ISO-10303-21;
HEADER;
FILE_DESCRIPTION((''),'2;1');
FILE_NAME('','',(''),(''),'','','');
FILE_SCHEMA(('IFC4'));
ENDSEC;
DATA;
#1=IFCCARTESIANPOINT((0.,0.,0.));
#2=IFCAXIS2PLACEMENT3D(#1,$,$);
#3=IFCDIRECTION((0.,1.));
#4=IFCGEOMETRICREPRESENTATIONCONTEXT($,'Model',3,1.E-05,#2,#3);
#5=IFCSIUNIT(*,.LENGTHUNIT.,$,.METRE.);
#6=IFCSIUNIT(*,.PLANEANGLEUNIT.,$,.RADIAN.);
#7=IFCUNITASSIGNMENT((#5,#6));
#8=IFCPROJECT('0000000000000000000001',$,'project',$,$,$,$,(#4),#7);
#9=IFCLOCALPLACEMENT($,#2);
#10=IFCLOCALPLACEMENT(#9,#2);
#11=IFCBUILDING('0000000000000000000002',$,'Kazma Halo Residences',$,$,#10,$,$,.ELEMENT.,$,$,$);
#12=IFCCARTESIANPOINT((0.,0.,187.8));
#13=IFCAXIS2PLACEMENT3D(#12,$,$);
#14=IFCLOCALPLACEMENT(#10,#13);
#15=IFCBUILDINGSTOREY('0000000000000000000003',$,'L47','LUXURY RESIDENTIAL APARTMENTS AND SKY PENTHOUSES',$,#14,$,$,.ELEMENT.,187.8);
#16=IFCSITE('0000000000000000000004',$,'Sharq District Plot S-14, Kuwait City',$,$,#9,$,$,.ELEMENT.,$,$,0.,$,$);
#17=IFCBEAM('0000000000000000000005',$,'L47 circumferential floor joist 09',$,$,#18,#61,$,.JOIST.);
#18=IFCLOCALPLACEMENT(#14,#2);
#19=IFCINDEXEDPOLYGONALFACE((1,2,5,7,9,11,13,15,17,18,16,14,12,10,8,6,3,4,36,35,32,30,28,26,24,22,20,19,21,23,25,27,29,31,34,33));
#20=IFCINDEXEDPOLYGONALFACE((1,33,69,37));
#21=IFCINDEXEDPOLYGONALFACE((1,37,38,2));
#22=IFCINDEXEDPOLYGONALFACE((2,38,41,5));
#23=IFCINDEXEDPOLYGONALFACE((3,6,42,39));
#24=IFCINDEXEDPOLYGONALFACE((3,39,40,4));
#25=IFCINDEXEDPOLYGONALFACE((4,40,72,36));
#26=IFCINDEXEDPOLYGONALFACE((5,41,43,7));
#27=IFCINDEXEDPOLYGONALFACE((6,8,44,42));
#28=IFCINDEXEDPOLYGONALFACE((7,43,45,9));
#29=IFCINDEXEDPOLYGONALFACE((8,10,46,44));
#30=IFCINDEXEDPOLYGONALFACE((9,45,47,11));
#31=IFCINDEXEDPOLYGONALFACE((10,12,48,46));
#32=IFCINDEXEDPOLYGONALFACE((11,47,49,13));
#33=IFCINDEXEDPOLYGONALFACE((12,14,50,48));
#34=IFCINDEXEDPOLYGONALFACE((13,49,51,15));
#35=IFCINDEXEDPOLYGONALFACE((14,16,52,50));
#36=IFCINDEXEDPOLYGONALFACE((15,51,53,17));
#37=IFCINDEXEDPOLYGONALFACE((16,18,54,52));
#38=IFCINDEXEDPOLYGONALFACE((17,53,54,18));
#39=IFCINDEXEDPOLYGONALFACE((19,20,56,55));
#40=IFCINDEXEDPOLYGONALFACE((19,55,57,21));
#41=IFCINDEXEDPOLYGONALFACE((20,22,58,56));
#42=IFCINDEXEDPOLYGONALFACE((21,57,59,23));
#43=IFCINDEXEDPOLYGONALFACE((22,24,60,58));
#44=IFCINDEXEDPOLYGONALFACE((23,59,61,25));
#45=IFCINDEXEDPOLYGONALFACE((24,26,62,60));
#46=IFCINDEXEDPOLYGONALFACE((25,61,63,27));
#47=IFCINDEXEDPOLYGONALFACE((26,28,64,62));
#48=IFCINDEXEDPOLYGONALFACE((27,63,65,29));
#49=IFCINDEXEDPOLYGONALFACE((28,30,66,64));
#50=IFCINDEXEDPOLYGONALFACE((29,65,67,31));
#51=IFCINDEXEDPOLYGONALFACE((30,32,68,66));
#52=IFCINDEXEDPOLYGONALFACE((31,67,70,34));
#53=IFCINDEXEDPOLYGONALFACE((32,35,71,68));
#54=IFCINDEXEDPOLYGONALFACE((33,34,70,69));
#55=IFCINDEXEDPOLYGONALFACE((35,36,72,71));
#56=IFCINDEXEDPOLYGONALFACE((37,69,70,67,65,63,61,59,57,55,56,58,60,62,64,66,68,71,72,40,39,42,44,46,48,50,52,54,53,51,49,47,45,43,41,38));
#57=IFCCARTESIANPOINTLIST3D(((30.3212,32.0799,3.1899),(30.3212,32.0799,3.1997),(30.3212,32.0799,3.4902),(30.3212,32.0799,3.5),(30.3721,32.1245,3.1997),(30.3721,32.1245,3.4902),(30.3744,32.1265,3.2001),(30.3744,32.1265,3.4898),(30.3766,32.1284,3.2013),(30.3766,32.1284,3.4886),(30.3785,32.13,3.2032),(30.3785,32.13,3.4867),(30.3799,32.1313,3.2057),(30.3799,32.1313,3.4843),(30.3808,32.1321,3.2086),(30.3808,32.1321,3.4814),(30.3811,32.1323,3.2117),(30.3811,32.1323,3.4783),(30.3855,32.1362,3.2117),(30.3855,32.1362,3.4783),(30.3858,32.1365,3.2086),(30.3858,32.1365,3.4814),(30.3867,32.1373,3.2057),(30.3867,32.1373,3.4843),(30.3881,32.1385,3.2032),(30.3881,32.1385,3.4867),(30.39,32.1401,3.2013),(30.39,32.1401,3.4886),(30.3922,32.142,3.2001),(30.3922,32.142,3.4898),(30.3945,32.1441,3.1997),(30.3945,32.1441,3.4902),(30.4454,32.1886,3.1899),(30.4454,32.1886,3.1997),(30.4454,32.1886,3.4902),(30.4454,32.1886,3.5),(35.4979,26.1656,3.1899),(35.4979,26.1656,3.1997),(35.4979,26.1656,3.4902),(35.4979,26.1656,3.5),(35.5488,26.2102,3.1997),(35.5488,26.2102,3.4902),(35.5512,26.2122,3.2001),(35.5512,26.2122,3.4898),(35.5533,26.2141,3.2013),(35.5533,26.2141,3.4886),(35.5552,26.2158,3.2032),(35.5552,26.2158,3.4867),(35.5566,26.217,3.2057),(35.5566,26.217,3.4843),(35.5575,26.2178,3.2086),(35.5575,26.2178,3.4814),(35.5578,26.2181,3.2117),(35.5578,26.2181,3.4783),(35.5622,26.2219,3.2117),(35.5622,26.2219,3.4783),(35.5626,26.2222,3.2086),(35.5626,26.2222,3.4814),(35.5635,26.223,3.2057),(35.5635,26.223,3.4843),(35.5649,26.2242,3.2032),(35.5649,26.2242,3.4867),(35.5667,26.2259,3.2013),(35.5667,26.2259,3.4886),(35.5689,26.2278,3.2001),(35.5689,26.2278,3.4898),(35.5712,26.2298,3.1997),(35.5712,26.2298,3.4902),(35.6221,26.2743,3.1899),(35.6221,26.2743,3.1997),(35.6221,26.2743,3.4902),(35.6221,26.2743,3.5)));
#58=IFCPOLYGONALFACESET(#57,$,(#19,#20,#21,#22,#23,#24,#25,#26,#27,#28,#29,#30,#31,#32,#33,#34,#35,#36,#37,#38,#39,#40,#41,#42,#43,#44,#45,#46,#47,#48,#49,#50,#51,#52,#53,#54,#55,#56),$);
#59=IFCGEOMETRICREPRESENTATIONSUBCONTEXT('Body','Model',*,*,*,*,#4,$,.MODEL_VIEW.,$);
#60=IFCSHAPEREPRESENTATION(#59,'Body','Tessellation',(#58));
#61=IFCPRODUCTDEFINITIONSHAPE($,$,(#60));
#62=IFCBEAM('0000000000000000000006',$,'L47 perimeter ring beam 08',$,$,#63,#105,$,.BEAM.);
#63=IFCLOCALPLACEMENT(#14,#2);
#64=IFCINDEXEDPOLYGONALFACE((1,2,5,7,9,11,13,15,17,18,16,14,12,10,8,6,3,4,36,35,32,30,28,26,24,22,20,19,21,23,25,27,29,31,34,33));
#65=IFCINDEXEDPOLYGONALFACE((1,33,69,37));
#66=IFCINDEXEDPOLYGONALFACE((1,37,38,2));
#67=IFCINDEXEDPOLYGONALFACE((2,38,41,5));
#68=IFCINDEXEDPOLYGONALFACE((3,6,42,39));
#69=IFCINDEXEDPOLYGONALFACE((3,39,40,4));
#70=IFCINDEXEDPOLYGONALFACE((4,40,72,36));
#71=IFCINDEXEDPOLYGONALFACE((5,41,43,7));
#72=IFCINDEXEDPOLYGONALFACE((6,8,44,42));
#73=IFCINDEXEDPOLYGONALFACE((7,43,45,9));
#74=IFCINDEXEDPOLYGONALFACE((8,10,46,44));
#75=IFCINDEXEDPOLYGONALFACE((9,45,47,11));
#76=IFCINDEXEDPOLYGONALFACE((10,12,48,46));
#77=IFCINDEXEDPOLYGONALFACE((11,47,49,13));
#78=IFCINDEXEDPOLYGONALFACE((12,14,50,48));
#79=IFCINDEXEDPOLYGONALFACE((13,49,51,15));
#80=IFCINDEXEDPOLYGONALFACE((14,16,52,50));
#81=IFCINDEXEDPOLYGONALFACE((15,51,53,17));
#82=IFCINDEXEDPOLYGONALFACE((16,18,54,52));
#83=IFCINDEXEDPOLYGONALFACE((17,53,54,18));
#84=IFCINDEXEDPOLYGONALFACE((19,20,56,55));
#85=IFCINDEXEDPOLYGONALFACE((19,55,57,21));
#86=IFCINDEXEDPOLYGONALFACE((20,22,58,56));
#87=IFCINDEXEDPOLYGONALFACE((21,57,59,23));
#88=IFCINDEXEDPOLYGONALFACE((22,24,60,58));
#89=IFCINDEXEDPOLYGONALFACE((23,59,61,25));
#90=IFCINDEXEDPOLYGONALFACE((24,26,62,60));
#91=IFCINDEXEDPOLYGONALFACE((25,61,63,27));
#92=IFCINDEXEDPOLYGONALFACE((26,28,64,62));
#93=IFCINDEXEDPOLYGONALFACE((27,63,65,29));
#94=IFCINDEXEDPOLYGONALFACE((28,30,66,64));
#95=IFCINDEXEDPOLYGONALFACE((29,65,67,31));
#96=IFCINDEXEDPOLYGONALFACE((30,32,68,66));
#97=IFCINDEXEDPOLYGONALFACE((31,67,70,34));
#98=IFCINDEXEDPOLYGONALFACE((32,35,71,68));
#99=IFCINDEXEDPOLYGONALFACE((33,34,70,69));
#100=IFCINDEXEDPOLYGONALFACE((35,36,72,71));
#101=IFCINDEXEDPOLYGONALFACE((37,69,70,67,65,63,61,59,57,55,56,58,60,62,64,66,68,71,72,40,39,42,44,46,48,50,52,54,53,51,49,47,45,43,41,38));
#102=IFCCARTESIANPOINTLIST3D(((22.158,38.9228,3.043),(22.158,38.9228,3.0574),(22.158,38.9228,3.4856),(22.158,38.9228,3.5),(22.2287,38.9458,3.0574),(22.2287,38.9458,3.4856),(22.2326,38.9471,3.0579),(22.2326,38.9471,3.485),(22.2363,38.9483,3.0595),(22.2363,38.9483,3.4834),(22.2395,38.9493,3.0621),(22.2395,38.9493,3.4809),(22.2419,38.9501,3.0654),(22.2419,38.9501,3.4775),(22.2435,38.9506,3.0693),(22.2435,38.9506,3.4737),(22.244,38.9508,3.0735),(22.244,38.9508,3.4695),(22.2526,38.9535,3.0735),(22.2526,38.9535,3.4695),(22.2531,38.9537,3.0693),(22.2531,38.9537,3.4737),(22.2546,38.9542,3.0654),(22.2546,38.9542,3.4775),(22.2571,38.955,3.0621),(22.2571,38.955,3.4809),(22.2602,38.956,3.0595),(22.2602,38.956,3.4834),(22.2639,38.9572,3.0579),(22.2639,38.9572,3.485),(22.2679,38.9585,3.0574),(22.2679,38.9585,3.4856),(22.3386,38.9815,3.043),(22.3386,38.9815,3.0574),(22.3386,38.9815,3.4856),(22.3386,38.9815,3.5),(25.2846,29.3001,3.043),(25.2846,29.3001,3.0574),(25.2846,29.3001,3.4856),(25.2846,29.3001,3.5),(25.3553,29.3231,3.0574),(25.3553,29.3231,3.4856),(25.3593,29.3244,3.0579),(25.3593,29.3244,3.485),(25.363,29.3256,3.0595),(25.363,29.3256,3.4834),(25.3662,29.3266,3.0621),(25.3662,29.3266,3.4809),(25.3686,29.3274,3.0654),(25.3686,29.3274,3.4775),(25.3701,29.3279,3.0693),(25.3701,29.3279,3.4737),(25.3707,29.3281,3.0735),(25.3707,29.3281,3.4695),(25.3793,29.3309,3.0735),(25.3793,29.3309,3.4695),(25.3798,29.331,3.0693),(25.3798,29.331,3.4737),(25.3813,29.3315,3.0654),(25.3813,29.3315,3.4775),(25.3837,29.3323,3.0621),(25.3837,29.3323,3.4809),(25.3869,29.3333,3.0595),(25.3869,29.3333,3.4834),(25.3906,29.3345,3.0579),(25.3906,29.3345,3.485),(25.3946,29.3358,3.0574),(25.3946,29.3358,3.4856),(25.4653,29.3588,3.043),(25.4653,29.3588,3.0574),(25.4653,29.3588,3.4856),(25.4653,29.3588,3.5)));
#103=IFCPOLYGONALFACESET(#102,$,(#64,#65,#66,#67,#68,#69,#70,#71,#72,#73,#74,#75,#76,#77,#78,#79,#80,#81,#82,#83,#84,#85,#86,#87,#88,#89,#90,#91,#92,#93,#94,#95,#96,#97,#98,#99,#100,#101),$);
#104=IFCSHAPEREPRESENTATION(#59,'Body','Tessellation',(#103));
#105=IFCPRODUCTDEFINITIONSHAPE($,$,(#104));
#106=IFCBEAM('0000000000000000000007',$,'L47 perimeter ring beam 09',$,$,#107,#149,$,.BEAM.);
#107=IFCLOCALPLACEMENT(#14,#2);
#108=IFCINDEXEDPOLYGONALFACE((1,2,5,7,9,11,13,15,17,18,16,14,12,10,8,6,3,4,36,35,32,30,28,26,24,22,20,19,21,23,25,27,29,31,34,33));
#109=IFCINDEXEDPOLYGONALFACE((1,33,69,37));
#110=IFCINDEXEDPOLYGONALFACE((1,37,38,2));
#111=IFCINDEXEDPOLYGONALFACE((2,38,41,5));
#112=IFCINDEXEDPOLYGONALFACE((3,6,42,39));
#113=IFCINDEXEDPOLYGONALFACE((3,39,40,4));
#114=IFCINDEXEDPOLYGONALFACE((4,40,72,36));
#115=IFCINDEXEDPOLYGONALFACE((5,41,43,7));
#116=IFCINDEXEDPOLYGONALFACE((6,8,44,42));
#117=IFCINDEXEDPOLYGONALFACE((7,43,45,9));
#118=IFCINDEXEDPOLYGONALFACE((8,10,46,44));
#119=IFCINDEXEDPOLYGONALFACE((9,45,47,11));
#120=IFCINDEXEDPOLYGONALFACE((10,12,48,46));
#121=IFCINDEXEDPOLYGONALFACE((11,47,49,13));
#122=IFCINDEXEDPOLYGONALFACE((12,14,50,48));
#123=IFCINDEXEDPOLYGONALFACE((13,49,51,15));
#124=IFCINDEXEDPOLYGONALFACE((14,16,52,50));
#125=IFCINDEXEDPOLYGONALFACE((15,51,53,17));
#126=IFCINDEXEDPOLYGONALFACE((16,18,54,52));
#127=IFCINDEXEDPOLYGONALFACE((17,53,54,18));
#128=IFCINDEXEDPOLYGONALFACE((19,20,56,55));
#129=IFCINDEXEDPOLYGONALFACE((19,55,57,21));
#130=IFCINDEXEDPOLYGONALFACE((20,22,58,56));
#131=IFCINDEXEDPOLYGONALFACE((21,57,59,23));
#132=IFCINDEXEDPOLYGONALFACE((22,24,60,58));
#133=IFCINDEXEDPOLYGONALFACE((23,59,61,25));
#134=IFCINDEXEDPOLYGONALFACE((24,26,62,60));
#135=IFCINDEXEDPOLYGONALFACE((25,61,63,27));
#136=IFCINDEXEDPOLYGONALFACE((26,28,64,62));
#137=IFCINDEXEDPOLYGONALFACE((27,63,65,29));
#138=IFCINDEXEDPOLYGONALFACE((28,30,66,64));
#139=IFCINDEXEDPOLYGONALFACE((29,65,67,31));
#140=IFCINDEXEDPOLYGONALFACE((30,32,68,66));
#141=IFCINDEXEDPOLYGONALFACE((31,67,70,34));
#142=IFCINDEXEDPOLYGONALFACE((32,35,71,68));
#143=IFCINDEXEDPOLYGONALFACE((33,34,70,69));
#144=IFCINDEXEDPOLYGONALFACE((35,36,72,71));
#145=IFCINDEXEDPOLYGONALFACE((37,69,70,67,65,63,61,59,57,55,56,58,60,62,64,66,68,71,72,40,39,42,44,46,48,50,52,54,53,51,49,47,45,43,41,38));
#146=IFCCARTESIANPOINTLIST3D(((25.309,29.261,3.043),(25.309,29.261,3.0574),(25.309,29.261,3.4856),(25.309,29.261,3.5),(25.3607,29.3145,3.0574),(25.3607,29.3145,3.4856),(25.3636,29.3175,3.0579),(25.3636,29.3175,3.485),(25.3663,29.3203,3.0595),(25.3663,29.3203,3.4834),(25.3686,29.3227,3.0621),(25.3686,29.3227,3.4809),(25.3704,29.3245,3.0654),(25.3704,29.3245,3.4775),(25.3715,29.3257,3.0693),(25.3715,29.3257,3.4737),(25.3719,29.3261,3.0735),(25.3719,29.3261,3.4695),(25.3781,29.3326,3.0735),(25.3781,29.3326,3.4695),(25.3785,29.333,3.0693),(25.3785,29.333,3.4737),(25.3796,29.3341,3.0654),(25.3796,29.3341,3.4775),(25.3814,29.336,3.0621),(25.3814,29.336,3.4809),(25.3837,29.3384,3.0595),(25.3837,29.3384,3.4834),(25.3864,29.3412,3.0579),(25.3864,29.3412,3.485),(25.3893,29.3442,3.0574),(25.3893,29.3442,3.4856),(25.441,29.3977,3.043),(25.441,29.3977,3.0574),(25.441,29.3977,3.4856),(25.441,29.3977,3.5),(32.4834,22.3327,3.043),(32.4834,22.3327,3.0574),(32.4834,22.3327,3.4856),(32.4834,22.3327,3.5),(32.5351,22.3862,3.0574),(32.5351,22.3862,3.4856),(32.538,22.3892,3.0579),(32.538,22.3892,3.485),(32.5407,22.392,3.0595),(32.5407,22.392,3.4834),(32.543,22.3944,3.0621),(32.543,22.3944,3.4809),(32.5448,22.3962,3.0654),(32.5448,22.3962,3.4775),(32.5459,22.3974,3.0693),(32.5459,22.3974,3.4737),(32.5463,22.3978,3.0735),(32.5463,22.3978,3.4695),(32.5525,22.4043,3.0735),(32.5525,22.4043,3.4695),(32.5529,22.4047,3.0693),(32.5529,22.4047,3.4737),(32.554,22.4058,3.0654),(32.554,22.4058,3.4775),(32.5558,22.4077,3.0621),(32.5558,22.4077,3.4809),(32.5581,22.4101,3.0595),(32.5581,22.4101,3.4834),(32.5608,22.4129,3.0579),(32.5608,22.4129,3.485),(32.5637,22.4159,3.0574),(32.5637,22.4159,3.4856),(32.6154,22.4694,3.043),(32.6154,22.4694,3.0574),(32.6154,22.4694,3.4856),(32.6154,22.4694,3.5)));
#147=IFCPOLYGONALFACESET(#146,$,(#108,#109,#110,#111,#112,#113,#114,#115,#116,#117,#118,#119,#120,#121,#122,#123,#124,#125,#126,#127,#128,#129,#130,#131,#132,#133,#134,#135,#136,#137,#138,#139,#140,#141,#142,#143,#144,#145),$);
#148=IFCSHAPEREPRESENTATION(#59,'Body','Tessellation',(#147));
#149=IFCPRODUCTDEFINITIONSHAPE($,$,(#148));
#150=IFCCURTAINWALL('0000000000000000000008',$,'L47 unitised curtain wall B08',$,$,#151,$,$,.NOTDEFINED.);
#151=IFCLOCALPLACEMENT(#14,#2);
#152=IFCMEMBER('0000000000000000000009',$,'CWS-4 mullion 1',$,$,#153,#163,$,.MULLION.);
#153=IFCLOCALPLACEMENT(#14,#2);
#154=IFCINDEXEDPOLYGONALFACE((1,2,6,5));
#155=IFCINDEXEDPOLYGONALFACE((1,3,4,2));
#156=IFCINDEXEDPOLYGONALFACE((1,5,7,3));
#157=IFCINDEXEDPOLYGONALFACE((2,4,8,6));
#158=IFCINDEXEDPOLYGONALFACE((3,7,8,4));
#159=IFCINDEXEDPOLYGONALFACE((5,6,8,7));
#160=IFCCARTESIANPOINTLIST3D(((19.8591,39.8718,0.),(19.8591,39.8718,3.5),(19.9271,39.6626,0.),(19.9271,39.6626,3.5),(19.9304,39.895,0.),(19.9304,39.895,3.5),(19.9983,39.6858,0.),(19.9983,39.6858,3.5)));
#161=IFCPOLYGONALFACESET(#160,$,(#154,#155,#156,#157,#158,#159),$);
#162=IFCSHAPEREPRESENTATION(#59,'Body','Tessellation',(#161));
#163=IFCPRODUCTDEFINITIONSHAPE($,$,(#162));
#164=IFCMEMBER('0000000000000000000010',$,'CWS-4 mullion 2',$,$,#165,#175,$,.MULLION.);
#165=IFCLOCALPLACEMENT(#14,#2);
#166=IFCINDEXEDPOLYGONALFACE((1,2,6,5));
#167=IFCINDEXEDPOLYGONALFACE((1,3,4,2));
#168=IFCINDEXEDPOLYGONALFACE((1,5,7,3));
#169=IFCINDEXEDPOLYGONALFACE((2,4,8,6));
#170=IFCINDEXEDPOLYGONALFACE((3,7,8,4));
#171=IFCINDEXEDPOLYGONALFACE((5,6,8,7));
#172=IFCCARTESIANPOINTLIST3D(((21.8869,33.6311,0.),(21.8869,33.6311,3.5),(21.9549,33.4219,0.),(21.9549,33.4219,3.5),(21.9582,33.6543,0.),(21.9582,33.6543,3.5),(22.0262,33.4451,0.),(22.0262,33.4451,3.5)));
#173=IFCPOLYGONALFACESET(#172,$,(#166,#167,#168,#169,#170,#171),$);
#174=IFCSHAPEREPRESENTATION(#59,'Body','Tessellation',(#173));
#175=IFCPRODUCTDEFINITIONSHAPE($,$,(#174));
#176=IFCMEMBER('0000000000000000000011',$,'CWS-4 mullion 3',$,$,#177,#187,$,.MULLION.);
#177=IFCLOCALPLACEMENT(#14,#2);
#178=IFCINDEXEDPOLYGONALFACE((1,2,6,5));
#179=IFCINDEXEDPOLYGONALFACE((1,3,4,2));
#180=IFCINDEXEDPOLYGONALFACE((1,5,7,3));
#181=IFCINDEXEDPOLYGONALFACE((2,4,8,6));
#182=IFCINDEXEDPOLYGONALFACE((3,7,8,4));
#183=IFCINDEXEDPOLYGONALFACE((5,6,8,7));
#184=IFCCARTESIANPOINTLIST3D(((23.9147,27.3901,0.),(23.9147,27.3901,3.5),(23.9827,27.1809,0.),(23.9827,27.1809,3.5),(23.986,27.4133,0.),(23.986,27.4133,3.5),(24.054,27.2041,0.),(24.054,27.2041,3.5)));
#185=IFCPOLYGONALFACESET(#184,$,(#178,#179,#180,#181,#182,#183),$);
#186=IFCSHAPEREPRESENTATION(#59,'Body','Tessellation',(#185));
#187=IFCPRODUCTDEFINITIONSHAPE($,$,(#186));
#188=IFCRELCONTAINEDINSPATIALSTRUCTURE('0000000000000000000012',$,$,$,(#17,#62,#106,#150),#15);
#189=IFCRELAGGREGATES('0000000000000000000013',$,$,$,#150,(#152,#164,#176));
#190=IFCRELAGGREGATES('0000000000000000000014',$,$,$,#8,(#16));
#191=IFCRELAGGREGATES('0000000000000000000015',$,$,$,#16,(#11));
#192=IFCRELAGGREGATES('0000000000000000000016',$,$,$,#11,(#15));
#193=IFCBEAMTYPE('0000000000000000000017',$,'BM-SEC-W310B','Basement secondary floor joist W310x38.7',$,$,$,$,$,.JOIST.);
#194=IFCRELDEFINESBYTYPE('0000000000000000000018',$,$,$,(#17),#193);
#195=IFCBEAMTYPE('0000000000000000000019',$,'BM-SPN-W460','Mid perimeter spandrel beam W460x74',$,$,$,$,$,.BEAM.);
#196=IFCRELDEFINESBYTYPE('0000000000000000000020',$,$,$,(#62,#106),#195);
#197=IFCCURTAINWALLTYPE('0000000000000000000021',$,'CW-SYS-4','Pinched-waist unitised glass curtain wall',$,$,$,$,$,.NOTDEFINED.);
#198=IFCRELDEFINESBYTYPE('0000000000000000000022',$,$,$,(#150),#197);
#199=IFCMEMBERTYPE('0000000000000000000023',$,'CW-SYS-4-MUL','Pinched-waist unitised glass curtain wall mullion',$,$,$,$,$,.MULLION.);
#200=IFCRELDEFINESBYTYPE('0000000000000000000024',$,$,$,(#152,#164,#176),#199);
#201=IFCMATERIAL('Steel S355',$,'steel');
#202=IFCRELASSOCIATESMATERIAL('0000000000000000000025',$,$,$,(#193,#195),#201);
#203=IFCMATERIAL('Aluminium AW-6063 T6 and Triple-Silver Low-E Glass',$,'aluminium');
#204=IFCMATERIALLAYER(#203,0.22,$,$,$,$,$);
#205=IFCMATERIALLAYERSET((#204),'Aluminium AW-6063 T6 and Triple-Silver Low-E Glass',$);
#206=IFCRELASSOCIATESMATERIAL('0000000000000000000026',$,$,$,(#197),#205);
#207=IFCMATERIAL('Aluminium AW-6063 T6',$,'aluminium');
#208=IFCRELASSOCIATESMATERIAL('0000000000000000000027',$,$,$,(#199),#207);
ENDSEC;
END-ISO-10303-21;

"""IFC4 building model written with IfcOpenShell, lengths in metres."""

from ifc_helpers import new_model, si_unit, direction, frame, origin, origin_2d, place, context, subcontext, project, spatial, rectangle, i_section, extrude, material, layer, layer_set, material_profile, profile_set, type_object, element, aggregate, save


model = new_model("IFC4")

# Units and contexts
model_context = context("Model", 3, precision=1e-05, world=origin(), true_north=direction((0.0, 1.0)))
body_context = subcontext(model_context, "Body", "Model", "MODEL_VIEW")
ifc_project = project(units=[si_unit("LENGTHUNIT", "METRE"), si_unit("PLANEANGLEUNIT", "RADIAN")], contexts=[model_context])

# Site, building, storey
site_placement = place(None, origin())
site = spatial("IfcSite", under=ifc_project, at=site_placement, Name="Sharq District Plot S-14, Kuwait City", CompositionType="ELEMENT", RefElevation=0.0)
building_placement = place(site_placement, origin())
building = spatial("IfcBuilding", under=site, at=building_placement, Name="Kazma Halo Residences", CompositionType="ELEMENT")
storey_placement = place(building_placement, frame((0.0, 0.0, 187.8)))
storey = spatial("IfcBuildingStorey", under=building, at=storey_placement, Name="L47", Description="LUXURY RESIDENTIAL APARTMENTS AND SKY PENTHOUSES", CompositionType="ELEMENT", Elevation=187.8)

# Beams
ifc_material_1 = material(Name="Steel S355", Category="steel")
ifc_material_profile_1 = material_profile(ifc_material_1, i_section(OverallWidth=0.165, OverallDepth=0.3101, WebThickness=0.0059, FlangeThickness=0.0098, FilletRadius=0.012, at=origin_2d()), Name="W310x38.7")
ifc_profile_set_1 = profile_set([ifc_material_profile_1], Name="Steel S355")
beam_type_1 = type_object("IfcBeamType", Name="BM-SEC-W310B", Description="Basement secondary floor joist W310x38.7", PredefinedType="JOIST", material=ifc_profile_set_1)
beam_1_placement = place(storey_placement, frame((30.3833, 32.1343, 3.345), z_axis=(0.65863, -0.752467, 0.0), x_axis=(0.752467, 0.65863, 0.0)))
element("IfcBeam", 1, at=beam_1_placement, inside=storey, type_object=beam_type_1, Name="L47 circumferential floor joist 09", PredefinedType="JOIST", context=body_context, shape_type="SweptSolid", body=[
    extrude(i_section(OverallWidth=0.165, OverallDepth=0.3101, WebThickness=0.0059, FlangeThickness=0.0098, FilletRadius=0.012, at=origin_2d()), origin(), (0.0, 0.0, 1.0), 7.8599),
])
ifc_material_profile_2 = material_profile(ifc_material_1, i_section(OverallWidth=0.1899, OverallDepth=0.457, WebThickness=0.009, FlangeThickness=0.0144, FilletRadius=0.0161, at=origin_2d()), Name="W460x74")
ifc_profile_set_2 = profile_set([ifc_material_profile_2], Name="Steel S355")
beam_type_2 = type_object("IfcBeamType", Name="BM-SPN-W460", Description="Mid perimeter spandrel beam W460x74", PredefinedType="BEAM", material=ifc_profile_set_2)
beam_2_placement = place(storey_placement, frame((22.2483, 38.9521, 3.2715), z_axis=(0.309023, -0.951054, 0.0), x_axis=(0.951054, 0.309023, 0.0)))
element("IfcBeam", 2, at=beam_2_placement, inside=storey, type_object=beam_type_2, Name="L47 perimeter ring beam 08", PredefinedType="BEAM", context=body_context, shape_type="SweptSolid", body=[
    extrude(i_section(OverallWidth=0.1899, OverallDepth=0.457, WebThickness=0.009, FlangeThickness=0.0144, FilletRadius=0.0161, at=origin_2d()), origin(), (0.0, 0.0, 1.0), 10.1179),
])
beam_3_placement = place(storey_placement, frame((25.375, 29.3293, 3.2715), z_axis=(0.719337, -0.694662, 0.0), x_axis=(0.694662, 0.719337, 0.0)))
element("IfcBeam", 3, at=beam_3_placement, inside=storey, type_object=beam_type_2, Name="L47 perimeter ring beam 09", PredefinedType="BEAM", context=body_context, shape_type="SweptSolid", body=[
    extrude(i_section(OverallWidth=0.1899, OverallDepth=0.457, WebThickness=0.009, FlangeThickness=0.0144, FilletRadius=0.0161, at=origin_2d()), origin(), (0.0, 0.0, 1.0), 9.9736),
])

# Curtain wall, members
ifc_material_2 = material(Name="Aluminium AW-6063 T6 and Triple-Silver Low-E Glass", Category="aluminium")
ifc_layer_1 = layer(ifc_material_2, 0.22)
ifc_layer_set_1 = layer_set([ifc_layer_1], Name="Aluminium AW-6063 T6 and Triple-Silver Low-E Glass")
curtain_wall_type = type_object("IfcCurtainWallType", Name="CW-SYS-4", Description="Pinched-waist unitised glass curtain wall", PredefinedType="NOTDEFINED", material=ifc_layer_set_1)
curtain_wall_1_placement = place(storey_placement, origin())
curtain_wall_1 = element("IfcCurtainWall", 4, at=curtain_wall_1_placement, inside=storey, type_object=curtain_wall_type, Name="L47 unitised curtain wall B08", PredefinedType="NOTDEFINED")
ifc_material_3 = material(Name="Aluminium AW-6063 T6", Category="aluminium")
ifc_material_profile_3 = material_profile(ifc_material_3, rectangle(XDim=0.075, YDim=0.22, at=origin_2d()), Name="CWM-75x220")
ifc_profile_set_3 = profile_set([ifc_material_profile_3], Name="Aluminium AW-6063 T6")
member_type_1 = type_object("IfcMemberType", Name="CW-SYS-4-MUL", Description="Pinched-waist unitised glass curtain wall mullion", PredefinedType="MULLION", material=ifc_profile_set_3)
member_1_placement = place(storey_placement, frame((19.9287, 39.7788, 0.0), z_axis=(0.0, 0.0, 1.0), x_axis=(0.951057, 0.309016, 0.0)))
member_1 = element("IfcMember", 5, at=member_1_placement, type_object=member_type_1, Name="CWS-4 mullion 1", PredefinedType="MULLION", context=body_context, shape_type="SweptSolid", body=[
    extrude(rectangle(XDim=0.075, YDim=0.22, at=origin_2d()), origin(), (0.0, 0.0, 1.0), 3.5),
])
member_2_placement = place(storey_placement, frame((21.9565, 33.5381, 0.0), z_axis=(0.0, 0.0, 1.0), x_axis=(0.951057, 0.309016, 0.0)))
member_2 = element("IfcMember", 6, at=member_2_placement, type_object=member_type_1, Name="CWS-4 mullion 2", PredefinedType="MULLION", context=body_context, shape_type="SweptSolid", body=[
    extrude(rectangle(XDim=0.075, YDim=0.22, at=origin_2d()), origin(), (0.0, 0.0, 1.0), 3.5),
])
member_3_placement = place(storey_placement, frame((23.9844, 27.2971, 0.0), z_axis=(0.0, 0.0, 1.0), x_axis=(0.951057, 0.309016, 0.0)))
member_3 = element("IfcMember", 7, at=member_3_placement, type_object=member_type_1, Name="CWS-4 mullion 3", PredefinedType="MULLION", context=body_context, shape_type="SweptSolid", body=[
    extrude(rectangle(XDim=0.075, YDim=0.22, at=origin_2d()), origin(), (0.0, 0.0, 1.0), 3.5),
])

aggregate(curtain_wall_1, [member_1, member_2, member_3])

save(model, "model.ifc")
